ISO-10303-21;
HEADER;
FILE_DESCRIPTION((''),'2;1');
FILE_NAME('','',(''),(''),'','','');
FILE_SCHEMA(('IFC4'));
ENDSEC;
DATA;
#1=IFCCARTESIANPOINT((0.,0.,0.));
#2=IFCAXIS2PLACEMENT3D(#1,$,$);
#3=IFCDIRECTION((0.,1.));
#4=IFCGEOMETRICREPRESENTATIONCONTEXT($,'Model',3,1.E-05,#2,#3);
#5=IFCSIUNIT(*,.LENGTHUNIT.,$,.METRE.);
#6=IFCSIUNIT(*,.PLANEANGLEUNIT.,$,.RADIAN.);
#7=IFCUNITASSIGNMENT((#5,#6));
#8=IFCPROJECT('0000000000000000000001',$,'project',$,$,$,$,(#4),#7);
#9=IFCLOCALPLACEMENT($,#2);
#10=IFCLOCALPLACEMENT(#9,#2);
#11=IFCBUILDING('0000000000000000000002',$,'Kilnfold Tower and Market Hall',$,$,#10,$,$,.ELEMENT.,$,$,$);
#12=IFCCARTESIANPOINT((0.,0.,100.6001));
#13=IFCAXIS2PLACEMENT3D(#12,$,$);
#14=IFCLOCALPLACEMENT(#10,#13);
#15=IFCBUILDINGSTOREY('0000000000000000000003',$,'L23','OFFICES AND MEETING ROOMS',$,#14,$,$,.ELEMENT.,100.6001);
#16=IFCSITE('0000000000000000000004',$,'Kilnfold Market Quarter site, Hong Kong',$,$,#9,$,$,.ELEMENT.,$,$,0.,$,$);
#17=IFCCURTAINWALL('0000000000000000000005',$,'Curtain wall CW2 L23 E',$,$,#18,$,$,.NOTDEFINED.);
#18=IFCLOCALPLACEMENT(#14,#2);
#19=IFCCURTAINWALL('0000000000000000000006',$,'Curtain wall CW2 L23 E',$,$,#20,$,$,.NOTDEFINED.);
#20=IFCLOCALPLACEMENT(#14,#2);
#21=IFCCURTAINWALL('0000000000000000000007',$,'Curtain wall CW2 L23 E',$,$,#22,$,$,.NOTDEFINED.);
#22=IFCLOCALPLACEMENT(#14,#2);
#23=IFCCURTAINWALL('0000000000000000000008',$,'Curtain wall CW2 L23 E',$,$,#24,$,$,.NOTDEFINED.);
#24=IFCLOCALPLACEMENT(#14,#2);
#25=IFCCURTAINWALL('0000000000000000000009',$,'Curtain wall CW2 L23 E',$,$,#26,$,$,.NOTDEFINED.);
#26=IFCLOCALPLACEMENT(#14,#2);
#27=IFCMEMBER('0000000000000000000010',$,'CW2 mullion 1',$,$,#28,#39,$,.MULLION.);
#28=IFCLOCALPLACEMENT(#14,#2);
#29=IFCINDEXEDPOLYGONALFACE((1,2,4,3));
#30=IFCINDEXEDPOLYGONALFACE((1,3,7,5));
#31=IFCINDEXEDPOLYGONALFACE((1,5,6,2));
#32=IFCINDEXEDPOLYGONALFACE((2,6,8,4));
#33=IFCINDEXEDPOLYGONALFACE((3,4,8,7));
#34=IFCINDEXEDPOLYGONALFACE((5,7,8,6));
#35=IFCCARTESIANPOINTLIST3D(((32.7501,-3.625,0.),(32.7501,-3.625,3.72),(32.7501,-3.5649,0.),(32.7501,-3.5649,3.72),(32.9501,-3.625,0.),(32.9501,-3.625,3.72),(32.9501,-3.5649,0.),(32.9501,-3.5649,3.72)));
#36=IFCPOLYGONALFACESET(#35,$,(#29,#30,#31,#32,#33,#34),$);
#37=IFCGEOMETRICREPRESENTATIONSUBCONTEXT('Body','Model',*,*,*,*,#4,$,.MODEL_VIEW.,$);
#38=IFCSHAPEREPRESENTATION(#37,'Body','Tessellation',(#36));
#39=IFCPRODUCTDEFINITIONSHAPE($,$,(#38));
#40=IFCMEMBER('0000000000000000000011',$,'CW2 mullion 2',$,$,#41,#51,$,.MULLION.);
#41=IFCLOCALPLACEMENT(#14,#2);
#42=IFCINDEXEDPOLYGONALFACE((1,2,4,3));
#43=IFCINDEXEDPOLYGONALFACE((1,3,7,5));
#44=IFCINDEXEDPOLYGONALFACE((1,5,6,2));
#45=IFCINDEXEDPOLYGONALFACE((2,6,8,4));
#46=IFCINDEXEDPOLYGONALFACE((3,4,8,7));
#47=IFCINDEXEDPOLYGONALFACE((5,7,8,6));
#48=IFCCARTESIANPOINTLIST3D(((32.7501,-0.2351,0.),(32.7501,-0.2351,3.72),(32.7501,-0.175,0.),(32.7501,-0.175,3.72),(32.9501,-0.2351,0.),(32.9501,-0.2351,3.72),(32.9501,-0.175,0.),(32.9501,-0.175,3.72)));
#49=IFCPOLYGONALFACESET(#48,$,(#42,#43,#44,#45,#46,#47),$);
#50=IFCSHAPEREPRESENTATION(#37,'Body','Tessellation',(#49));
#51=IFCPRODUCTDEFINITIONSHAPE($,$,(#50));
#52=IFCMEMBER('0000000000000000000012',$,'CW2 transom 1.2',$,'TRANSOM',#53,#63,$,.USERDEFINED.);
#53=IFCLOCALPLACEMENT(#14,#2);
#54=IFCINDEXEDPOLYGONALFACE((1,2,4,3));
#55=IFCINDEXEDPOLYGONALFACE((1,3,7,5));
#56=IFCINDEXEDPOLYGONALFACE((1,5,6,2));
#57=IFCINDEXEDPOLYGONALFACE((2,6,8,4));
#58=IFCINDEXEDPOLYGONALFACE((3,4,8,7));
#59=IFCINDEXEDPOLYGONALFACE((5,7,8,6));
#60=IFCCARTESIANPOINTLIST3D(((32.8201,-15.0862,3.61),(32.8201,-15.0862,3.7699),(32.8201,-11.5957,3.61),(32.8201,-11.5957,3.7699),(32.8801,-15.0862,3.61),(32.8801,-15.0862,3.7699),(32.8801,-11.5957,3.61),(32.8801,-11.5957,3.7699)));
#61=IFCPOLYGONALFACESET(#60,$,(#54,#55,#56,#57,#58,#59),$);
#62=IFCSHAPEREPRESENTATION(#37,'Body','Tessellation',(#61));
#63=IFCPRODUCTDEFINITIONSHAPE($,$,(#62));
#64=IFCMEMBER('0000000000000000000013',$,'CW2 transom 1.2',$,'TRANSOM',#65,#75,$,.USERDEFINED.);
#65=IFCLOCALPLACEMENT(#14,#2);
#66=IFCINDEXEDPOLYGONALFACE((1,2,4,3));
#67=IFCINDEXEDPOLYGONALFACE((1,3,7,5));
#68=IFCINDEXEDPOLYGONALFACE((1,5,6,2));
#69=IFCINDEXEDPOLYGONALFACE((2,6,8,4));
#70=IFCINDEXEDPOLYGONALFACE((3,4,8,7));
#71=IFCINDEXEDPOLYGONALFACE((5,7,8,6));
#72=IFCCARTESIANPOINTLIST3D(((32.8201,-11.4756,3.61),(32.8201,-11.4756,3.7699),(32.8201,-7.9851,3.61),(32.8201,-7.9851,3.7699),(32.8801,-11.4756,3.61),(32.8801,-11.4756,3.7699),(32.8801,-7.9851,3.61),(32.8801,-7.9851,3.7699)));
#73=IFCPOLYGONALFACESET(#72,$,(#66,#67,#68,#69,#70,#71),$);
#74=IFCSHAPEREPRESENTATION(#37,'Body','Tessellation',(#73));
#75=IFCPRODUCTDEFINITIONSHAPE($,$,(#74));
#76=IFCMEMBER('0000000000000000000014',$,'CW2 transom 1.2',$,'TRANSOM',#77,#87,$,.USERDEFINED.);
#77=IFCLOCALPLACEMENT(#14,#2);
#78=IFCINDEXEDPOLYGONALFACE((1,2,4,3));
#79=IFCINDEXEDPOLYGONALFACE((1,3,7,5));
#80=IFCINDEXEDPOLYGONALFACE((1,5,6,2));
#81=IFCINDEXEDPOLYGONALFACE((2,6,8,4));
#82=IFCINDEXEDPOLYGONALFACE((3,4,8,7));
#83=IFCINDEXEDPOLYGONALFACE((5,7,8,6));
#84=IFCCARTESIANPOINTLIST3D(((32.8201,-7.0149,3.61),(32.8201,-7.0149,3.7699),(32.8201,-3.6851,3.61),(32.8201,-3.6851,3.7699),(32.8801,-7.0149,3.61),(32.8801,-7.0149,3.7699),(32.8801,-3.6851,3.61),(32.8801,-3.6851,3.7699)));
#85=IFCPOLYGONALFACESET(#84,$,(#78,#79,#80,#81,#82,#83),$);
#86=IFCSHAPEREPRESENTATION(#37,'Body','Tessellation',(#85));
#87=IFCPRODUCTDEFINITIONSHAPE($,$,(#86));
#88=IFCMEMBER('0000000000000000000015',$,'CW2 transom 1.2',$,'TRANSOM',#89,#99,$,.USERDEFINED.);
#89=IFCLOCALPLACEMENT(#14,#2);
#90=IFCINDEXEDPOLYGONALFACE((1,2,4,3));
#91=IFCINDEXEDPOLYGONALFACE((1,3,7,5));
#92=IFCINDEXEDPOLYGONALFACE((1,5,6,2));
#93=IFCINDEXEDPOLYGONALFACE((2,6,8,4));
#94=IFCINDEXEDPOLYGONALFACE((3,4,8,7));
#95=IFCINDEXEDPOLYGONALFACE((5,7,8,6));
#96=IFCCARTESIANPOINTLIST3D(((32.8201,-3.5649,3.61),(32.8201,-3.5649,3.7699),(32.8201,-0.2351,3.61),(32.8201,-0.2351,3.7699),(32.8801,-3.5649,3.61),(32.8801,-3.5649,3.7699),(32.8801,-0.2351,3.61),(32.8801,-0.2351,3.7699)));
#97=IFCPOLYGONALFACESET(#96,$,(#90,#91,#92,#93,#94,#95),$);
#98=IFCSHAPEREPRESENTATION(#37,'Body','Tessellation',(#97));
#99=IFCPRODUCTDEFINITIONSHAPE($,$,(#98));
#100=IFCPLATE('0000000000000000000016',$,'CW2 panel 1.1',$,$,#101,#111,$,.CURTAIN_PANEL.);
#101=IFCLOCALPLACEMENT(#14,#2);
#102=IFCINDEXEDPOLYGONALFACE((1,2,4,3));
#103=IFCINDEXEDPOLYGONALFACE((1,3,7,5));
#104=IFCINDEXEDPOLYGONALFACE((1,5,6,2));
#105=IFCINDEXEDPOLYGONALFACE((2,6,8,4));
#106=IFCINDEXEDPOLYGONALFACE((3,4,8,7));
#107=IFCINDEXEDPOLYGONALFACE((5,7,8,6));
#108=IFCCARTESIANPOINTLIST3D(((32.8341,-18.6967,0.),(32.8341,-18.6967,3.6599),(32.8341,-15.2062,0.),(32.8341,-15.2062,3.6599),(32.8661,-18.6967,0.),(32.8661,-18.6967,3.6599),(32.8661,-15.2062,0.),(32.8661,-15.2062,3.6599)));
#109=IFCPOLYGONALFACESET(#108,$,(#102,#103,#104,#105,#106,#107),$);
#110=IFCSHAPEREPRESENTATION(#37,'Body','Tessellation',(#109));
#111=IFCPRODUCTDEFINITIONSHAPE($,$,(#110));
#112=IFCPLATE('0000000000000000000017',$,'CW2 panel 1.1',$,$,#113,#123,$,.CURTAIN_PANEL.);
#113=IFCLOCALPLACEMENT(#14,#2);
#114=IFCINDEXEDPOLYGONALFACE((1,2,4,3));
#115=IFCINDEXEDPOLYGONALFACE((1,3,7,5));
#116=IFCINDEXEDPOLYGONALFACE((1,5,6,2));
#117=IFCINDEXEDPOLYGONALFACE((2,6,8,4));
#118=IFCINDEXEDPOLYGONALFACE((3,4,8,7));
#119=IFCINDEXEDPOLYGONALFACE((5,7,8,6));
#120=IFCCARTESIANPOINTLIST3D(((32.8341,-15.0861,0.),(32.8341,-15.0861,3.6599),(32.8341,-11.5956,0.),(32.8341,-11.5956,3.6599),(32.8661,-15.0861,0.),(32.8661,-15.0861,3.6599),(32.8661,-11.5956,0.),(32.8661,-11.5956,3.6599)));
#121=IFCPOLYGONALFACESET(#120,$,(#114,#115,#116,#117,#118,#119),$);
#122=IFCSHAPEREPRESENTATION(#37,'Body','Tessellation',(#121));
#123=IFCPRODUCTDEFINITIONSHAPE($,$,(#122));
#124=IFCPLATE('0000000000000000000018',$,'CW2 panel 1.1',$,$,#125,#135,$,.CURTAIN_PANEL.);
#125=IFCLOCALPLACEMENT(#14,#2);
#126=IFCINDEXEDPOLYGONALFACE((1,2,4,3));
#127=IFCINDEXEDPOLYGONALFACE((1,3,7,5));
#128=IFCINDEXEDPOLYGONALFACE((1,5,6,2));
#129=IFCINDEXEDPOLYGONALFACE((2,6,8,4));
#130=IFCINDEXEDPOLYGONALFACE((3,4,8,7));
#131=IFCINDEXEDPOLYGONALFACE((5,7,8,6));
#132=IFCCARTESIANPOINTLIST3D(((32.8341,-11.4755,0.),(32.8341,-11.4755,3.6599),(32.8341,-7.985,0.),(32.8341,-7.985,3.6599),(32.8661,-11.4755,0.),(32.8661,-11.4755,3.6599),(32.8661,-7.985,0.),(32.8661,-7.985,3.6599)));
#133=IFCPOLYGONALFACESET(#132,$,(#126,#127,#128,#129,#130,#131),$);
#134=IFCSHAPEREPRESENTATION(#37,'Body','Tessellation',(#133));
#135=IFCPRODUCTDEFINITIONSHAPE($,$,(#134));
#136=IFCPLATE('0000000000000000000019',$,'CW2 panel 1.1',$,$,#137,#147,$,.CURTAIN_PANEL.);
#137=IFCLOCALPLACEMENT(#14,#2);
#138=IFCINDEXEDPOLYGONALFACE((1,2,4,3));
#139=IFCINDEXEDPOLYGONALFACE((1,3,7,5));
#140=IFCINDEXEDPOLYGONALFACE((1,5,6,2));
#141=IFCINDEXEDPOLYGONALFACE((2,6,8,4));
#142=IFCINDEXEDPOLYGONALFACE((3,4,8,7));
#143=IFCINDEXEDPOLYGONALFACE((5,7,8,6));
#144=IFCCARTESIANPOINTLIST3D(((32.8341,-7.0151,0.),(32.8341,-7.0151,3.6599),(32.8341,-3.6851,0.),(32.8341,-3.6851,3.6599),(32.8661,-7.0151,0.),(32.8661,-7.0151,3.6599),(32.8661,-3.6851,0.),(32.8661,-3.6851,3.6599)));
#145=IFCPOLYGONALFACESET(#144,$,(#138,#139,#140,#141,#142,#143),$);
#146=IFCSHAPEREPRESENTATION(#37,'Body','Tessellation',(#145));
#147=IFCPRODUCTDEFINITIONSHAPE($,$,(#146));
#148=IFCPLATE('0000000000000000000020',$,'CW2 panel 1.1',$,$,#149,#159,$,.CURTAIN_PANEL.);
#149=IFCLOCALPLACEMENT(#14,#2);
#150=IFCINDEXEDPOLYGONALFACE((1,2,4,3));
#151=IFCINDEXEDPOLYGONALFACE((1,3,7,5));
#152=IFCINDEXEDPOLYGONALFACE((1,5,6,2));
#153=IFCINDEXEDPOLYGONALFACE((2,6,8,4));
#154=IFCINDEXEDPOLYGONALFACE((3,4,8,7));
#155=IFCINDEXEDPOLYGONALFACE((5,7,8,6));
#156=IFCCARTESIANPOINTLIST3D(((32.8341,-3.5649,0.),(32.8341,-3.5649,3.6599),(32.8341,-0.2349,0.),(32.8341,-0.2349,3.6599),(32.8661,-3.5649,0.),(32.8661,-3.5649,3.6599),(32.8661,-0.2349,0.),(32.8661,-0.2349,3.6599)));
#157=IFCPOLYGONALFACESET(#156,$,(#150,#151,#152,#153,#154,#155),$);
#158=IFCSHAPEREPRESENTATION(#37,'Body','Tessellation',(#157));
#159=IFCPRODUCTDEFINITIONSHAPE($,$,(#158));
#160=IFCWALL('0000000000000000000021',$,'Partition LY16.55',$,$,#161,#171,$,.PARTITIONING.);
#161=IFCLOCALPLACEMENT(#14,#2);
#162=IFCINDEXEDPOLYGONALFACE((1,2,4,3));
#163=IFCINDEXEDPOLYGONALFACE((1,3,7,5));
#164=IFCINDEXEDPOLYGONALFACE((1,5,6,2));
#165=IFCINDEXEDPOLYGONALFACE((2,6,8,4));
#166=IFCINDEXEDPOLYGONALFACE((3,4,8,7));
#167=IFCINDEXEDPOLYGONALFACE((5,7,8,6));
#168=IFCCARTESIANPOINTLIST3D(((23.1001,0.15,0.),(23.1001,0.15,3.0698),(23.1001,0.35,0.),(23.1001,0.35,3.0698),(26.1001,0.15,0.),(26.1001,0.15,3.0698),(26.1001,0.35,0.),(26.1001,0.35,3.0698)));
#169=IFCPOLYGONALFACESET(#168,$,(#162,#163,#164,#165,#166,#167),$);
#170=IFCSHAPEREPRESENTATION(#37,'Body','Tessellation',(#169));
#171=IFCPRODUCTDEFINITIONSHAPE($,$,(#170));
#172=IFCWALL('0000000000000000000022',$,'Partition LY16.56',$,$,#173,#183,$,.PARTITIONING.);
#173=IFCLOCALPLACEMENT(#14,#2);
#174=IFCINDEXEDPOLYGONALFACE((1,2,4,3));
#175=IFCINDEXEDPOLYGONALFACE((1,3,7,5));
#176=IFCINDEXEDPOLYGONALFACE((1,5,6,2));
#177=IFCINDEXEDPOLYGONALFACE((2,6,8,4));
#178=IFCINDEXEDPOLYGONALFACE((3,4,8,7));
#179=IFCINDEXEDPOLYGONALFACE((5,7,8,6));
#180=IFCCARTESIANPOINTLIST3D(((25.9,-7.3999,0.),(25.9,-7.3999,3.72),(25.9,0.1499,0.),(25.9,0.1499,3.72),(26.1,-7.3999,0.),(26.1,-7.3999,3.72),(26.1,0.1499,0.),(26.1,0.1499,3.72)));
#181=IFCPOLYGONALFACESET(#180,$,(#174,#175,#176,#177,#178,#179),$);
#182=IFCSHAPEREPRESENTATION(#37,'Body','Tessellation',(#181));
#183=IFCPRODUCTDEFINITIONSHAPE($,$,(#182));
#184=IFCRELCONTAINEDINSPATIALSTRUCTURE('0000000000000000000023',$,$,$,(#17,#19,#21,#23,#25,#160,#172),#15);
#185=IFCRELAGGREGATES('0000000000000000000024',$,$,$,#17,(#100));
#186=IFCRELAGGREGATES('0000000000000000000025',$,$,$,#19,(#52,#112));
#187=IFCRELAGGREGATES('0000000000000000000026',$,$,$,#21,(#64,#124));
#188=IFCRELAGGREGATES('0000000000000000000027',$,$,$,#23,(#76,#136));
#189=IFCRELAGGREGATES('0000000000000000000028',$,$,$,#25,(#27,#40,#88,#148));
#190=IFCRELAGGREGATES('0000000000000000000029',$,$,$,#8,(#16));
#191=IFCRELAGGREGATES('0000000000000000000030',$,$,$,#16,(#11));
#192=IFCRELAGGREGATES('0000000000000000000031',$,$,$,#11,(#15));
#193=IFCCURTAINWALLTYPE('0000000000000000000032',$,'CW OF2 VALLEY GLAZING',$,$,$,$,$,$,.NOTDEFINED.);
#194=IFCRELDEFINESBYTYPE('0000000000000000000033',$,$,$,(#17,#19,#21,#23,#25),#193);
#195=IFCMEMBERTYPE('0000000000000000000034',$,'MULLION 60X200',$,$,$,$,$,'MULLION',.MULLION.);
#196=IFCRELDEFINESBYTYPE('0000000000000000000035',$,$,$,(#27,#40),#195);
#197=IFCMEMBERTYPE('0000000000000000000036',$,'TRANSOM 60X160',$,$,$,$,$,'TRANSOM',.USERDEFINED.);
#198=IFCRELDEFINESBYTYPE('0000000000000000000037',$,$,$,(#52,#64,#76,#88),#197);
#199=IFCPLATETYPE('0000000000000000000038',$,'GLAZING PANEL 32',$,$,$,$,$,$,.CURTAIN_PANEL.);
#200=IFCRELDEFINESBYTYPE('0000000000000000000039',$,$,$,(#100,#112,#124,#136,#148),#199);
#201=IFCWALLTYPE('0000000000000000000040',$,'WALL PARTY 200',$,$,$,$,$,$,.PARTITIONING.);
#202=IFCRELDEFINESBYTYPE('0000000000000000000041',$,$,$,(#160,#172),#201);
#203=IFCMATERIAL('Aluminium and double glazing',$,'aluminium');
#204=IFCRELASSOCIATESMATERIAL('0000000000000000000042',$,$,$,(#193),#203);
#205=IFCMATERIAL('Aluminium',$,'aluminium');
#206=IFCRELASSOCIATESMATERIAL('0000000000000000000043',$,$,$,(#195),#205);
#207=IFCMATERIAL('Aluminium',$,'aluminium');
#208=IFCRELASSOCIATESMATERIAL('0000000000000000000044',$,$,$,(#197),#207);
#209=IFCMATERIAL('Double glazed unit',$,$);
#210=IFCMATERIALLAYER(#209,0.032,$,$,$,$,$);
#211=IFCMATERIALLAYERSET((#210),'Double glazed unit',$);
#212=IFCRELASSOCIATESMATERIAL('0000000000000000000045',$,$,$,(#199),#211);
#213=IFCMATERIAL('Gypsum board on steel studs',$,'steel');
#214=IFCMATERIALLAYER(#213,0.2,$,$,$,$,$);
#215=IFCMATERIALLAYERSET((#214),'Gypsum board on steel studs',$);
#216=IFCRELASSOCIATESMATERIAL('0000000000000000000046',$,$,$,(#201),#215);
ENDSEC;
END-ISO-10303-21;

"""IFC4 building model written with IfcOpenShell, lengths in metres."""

from ifc_helpers import new_model, si_unit, direction, frame, frame_2d, origin, origin_2d, place, context, subcontext, project, spatial, rectangle, extrude, source, transform, mapped, material, layer, layer_set, material_profile, profile_set, type_object, element, aggregate, save


model = new_model("IFC4")

# Units and contexts
model_context = context("Model", 3, precision=1e-05, world=origin(), true_north=direction((0.0, 1.0)))
body_context = subcontext(model_context, "Body", "Model", "MODEL_VIEW")
ifc_project = project(units=[si_unit("LENGTHUNIT", "METRE"), si_unit("PLANEANGLEUNIT", "RADIAN")], contexts=[model_context])

# Site, building, storey
site_placement = place(None, origin())
site = spatial("IfcSite", under=ifc_project, at=site_placement, Name="Kilnfold Market Quarter site, Hong Kong", CompositionType="ELEMENT", RefElevation=0.0)
building_placement = place(site_placement, origin())
building = spatial("IfcBuilding", under=site, at=building_placement, Name="Kilnfold Tower and Market Hall", CompositionType="ELEMENT")
storey_placement = place(building_placement, frame((0.0, 0.0, 100.6001)))
storey = spatial("IfcBuildingStorey", under=building, at=storey_placement, Name="L23", Description="OFFICES AND MEETING ROOMS", CompositionType="ELEMENT", Elevation=100.6001)

# Curtain wall
ifc_material_1 = material(Name="Aluminium and double glazing", Category="aluminium")
curtain_wall_type = type_object("IfcCurtainWallType", Name="CW OF2 VALLEY GLAZING", PredefinedType="NOTDEFINED", material=ifc_material_1)
curtain_wall_1_placement = place(storey_placement, origin())
curtain_wall_1 = element("IfcCurtainWall", 1, at=curtain_wall_1_placement, inside=storey, type_object=curtain_wall_type, Name="Curtain wall CW2 L23 E", PredefinedType="NOTDEFINED")
ifc_material_2 = material(Name="Aluminium", Category="aluminium")
ifc_material_profile_1 = material_profile(ifc_material_2, rectangle(XDim=0.0601, YDim=0.2, at=origin_2d()), Name="MULLION 60x200")
ifc_profile_set_1 = profile_set([ifc_material_profile_1], Name="Aluminium")
member_type_1 = type_object("IfcMemberType", Name="MULLION 60X200", ElementType="MULLION", PredefinedType="MULLION", material=ifc_profile_set_1)
shared_shape_1 = source(origin(), body_context, "Body", "SweptSolid", [
    extrude(rectangle(XDim=0.0601, YDim=0.2, at=origin_2d()), origin(), (0.0, 0.0, 1.0), 3.72),
])

# Curtain walls, members
curtain_wall_2_placement = place(storey_placement, origin())
curtain_wall_2 = element("IfcCurtainWall", 2, at=curtain_wall_2_placement, inside=storey, type_object=curtain_wall_type, Name="Curtain wall CW2 L23 E", PredefinedType="NOTDEFINED")
curtain_wall_3_placement = place(storey_placement, origin())
curtain_wall_3 = element("IfcCurtainWall", 3, at=curtain_wall_3_placement, inside=storey, type_object=curtain_wall_type, Name="Curtain wall CW2 L23 E", PredefinedType="NOTDEFINED")
curtain_wall_4_placement = place(storey_placement, origin())
curtain_wall_4 = element("IfcCurtainWall", 4, at=curtain_wall_4_placement, inside=storey, type_object=curtain_wall_type, Name="Curtain wall CW2 L23 E", PredefinedType="NOTDEFINED")
curtain_wall_5_placement = place(storey_placement, origin())
curtain_wall_5 = element("IfcCurtainWall", 5, at=curtain_wall_5_placement, inside=storey, type_object=curtain_wall_type, Name="Curtain wall CW2 L23 E", PredefinedType="NOTDEFINED")
member_1_placement = place(storey_placement, frame((32.8501, -3.595, 0.0), z_axis=(0.0, 0.0, 1.0), x_axis=(0.0, 1.0, 0.0)))
member_1 = element("IfcMember", 6, at=member_1_placement, type_object=member_type_1, Name="CW2 mullion 1", PredefinedType="MULLION", context=body_context, shape_type="MappedRepresentation", body=[
    mapped(shared_shape_1, transform((0.0, 0.0, 0.0))),
])
member_2_placement = place(storey_placement, frame((32.8501, -0.2051, 0.0), z_axis=(0.0, 0.0, 1.0), x_axis=(0.0, 1.0, 0.0)))
member_2 = element("IfcMember", 7, at=member_2_placement, type_object=member_type_1, Name="CW2 mullion 2", PredefinedType="MULLION", context=body_context, shape_type="MappedRepresentation", body=[
    mapped(shared_shape_1, transform((0.0, 0.0, 0.0))),
])

# Members
ifc_material_3 = material(Name="Aluminium", Category="aluminium")
ifc_material_profile_2 = material_profile(ifc_material_3, rectangle(XDim=0.0601, YDim=0.1599, at=origin_2d()), Name="TRANSOM 60x160")
ifc_profile_set_2 = profile_set([ifc_material_profile_2], Name="Aluminium")
member_type_2 = type_object("IfcMemberType", Name="TRANSOM 60X160", ElementType="TRANSOM", PredefinedType="USERDEFINED", material=ifc_profile_set_2)
shared_shape_2 = source(origin(), body_context, "Body", "SweptSolid", [
    extrude(rectangle(XDim=0.0601, YDim=0.1599, at=origin_2d()), origin(), (0.0, 0.0, 1.0), 3.4905),
])
member_3_placement = place(storey_placement, frame((32.8501, -15.0862, 3.6899), z_axis=(0.0, 1.0, 0.0), x_axis=(-1.0, 0.0, 0.0)))
member_3 = element("IfcMember", 8, at=member_3_placement, type_object=member_type_2, Name="CW2 transom 1.2", ObjectType="TRANSOM", PredefinedType="USERDEFINED", context=body_context, shape_type="MappedRepresentation", body=[
    mapped(shared_shape_2, transform((0.0, 0.0, 0.0))),
])
member_4_placement = place(storey_placement, frame((32.8501, -11.4756, 3.6899), z_axis=(0.0, 1.0, 0.0), x_axis=(-1.0, 0.0, 0.0)))
member_4 = element("IfcMember", 9, at=member_4_placement, type_object=member_type_2, Name="CW2 transom 1.2", ObjectType="TRANSOM", PredefinedType="USERDEFINED", context=body_context, shape_type="MappedRepresentation", body=[
    mapped(shared_shape_2, transform((0.0, 0.0, 0.0))),
])
shared_shape_3 = source(origin(), body_context, "Body", "SweptSolid", [
    extrude(rectangle(XDim=0.0601, YDim=0.1599, at=origin_2d()), origin(), (0.0, 0.0, 1.0), 3.3298),
])
member_5_placement = place(storey_placement, frame((32.8501, -7.0149, 3.6899), z_axis=(0.0, 1.0, 0.0), x_axis=(-1.0, 0.0, 0.0)))
member_5 = element("IfcMember", 10, at=member_5_placement, type_object=member_type_2, Name="CW2 transom 1.2", ObjectType="TRANSOM", PredefinedType="USERDEFINED", context=body_context, shape_type="MappedRepresentation", body=[
    mapped(shared_shape_3, transform((0.0, 0.0, 0.0))),
])
member_6_placement = place(storey_placement, frame((32.8501, -3.5649, 3.6899), z_axis=(0.0, 1.0, 0.0), x_axis=(-1.0, 0.0, 0.0)))
member_6 = element("IfcMember", 11, at=member_6_placement, type_object=member_type_2, Name="CW2 transom 1.2", ObjectType="TRANSOM", PredefinedType="USERDEFINED", context=body_context, shape_type="MappedRepresentation", body=[
    mapped(shared_shape_3, transform((0.0, 0.0, 0.0))),
])

# Plates
ifc_material_4 = material(Name="Double glazed unit")
ifc_layer_1 = layer(ifc_material_4, 0.032)
ifc_layer_set_1 = layer_set([ifc_layer_1], Name="Double glazed unit")
plate_type = type_object("IfcPlateType", Name="GLAZING PANEL 32", PredefinedType="CURTAIN_PANEL", material=ifc_layer_set_1)
shared_shape_4 = source(origin(), body_context, "Body", "SweptSolid", [
    extrude(rectangle(XDim=3.4905, YDim=0.032, at=origin_2d()), origin(), (0.0, 0.0, 1.0), 3.6599),
])
plate_1_placement = place(storey_placement, frame((32.8501, -16.9514, 0.0), z_axis=(0.0, 0.0, 1.0), x_axis=(0.0, 1.0, 0.0)))
plate_1 = element("IfcPlate", 12, at=plate_1_placement, type_object=plate_type, Name="CW2 panel 1.1", PredefinedType="CURTAIN_PANEL", context=body_context, shape_type="MappedRepresentation", body=[
    mapped(shared_shape_4, transform((0.0, 0.0, 0.0))),
])
aggregate(curtain_wall_1, [plate_1])
plate_2_placement = place(storey_placement, frame((32.8501, -13.3408, 0.0), z_axis=(0.0, 0.0, 1.0), x_axis=(0.0, 1.0, 0.0)))
plate_2 = element("IfcPlate", 13, at=plate_2_placement, type_object=plate_type, Name="CW2 panel 1.1", PredefinedType="CURTAIN_PANEL", context=body_context, shape_type="MappedRepresentation", body=[
    mapped(shared_shape_4, transform((0.0, 0.0, 0.0))),
])
aggregate(curtain_wall_2, [member_3, plate_2])
plate_3_placement = place(storey_placement, frame((32.8501, -9.7302, 0.0), z_axis=(0.0, 0.0, 1.0), x_axis=(0.0, 1.0, 0.0)))
plate_3 = element("IfcPlate", 14, at=plate_3_placement, type_object=plate_type, Name="CW2 panel 1.1", PredefinedType="CURTAIN_PANEL", context=body_context, shape_type="MappedRepresentation", body=[
    mapped(shared_shape_4, transform((0.0, 0.0, 0.0))),
])
aggregate(curtain_wall_3, [member_4, plate_3])
shared_shape_5 = source(origin(), body_context, "Body", "SweptSolid", [
    extrude(rectangle(XDim=3.3301, YDim=0.032, at=origin_2d()), origin(), (0.0, 0.0, 1.0), 3.6599),
])
plate_4_placement = place(storey_placement, frame((32.8501, -5.3501, 0.0), z_axis=(0.0, 0.0, 1.0), x_axis=(0.0, 1.0, 0.0)))
plate_4 = element("IfcPlate", 15, at=plate_4_placement, type_object=plate_type, Name="CW2 panel 1.1", PredefinedType="CURTAIN_PANEL", context=body_context, shape_type="MappedRepresentation", body=[
    mapped(shared_shape_5, transform((0.0, 0.0, 0.0))),
])
aggregate(curtain_wall_4, [member_5, plate_4])
plate_5_placement = place(storey_placement, frame((32.8501, -1.8999, 0.0), z_axis=(0.0, 0.0, 1.0), x_axis=(0.0, 1.0, 0.0)))
plate_5 = element("IfcPlate", 16, at=plate_5_placement, type_object=plate_type, Name="CW2 panel 1.1", PredefinedType="CURTAIN_PANEL", context=body_context, shape_type="MappedRepresentation", body=[
    mapped(shared_shape_5, transform((0.0, 0.0, 0.0))),
])
aggregate(curtain_wall_5, [member_1, member_2, member_6, plate_5])

# Walls
ifc_material_5 = material(Name="Gypsum board on steel studs", Category="steel")
ifc_layer_2 = layer(ifc_material_5, 0.2)
ifc_layer_set_2 = layer_set([ifc_layer_2], Name="Gypsum board on steel studs")
wall_type = type_object("IfcWallType", Name="WALL PARTY 200", PredefinedType="PARTITIONING", material=ifc_layer_set_2)
wall_1_placement = place(storey_placement, frame((23.1001, 0.25, 0.0), z_axis=(0.0, 0.0, 1.0), x_axis=(1.0, 0.0, 0.0)))
element("IfcWall", 17, at=wall_1_placement, inside=storey, type_object=wall_type, Name="Partition LY16.55", PredefinedType="PARTITIONING", context=body_context, shape_type="SweptSolid", body=[
    extrude(rectangle(XDim=3.0, YDim=0.2, at=frame_2d((1.5, 0.0))), origin(), (0.0, 0.0, 1.0), 3.0698),
])
wall_2_placement = place(storey_placement, frame((26.0, -7.3999, 0.0), z_axis=(0.0, 0.0, 1.0), x_axis=(0.0, 1.0, 0.0)))
element("IfcWall", 18, at=wall_2_placement, inside=storey, type_object=wall_type, Name="Partition LY16.56", PredefinedType="PARTITIONING", context=body_context, shape_type="SweptSolid", body=[
    extrude(rectangle(XDim=7.5498, YDim=0.2, at=frame_2d((3.7749, 0.0))), origin(), (0.0, 0.0, 1.0), 3.72),
])

save(model, "model.ifc")
